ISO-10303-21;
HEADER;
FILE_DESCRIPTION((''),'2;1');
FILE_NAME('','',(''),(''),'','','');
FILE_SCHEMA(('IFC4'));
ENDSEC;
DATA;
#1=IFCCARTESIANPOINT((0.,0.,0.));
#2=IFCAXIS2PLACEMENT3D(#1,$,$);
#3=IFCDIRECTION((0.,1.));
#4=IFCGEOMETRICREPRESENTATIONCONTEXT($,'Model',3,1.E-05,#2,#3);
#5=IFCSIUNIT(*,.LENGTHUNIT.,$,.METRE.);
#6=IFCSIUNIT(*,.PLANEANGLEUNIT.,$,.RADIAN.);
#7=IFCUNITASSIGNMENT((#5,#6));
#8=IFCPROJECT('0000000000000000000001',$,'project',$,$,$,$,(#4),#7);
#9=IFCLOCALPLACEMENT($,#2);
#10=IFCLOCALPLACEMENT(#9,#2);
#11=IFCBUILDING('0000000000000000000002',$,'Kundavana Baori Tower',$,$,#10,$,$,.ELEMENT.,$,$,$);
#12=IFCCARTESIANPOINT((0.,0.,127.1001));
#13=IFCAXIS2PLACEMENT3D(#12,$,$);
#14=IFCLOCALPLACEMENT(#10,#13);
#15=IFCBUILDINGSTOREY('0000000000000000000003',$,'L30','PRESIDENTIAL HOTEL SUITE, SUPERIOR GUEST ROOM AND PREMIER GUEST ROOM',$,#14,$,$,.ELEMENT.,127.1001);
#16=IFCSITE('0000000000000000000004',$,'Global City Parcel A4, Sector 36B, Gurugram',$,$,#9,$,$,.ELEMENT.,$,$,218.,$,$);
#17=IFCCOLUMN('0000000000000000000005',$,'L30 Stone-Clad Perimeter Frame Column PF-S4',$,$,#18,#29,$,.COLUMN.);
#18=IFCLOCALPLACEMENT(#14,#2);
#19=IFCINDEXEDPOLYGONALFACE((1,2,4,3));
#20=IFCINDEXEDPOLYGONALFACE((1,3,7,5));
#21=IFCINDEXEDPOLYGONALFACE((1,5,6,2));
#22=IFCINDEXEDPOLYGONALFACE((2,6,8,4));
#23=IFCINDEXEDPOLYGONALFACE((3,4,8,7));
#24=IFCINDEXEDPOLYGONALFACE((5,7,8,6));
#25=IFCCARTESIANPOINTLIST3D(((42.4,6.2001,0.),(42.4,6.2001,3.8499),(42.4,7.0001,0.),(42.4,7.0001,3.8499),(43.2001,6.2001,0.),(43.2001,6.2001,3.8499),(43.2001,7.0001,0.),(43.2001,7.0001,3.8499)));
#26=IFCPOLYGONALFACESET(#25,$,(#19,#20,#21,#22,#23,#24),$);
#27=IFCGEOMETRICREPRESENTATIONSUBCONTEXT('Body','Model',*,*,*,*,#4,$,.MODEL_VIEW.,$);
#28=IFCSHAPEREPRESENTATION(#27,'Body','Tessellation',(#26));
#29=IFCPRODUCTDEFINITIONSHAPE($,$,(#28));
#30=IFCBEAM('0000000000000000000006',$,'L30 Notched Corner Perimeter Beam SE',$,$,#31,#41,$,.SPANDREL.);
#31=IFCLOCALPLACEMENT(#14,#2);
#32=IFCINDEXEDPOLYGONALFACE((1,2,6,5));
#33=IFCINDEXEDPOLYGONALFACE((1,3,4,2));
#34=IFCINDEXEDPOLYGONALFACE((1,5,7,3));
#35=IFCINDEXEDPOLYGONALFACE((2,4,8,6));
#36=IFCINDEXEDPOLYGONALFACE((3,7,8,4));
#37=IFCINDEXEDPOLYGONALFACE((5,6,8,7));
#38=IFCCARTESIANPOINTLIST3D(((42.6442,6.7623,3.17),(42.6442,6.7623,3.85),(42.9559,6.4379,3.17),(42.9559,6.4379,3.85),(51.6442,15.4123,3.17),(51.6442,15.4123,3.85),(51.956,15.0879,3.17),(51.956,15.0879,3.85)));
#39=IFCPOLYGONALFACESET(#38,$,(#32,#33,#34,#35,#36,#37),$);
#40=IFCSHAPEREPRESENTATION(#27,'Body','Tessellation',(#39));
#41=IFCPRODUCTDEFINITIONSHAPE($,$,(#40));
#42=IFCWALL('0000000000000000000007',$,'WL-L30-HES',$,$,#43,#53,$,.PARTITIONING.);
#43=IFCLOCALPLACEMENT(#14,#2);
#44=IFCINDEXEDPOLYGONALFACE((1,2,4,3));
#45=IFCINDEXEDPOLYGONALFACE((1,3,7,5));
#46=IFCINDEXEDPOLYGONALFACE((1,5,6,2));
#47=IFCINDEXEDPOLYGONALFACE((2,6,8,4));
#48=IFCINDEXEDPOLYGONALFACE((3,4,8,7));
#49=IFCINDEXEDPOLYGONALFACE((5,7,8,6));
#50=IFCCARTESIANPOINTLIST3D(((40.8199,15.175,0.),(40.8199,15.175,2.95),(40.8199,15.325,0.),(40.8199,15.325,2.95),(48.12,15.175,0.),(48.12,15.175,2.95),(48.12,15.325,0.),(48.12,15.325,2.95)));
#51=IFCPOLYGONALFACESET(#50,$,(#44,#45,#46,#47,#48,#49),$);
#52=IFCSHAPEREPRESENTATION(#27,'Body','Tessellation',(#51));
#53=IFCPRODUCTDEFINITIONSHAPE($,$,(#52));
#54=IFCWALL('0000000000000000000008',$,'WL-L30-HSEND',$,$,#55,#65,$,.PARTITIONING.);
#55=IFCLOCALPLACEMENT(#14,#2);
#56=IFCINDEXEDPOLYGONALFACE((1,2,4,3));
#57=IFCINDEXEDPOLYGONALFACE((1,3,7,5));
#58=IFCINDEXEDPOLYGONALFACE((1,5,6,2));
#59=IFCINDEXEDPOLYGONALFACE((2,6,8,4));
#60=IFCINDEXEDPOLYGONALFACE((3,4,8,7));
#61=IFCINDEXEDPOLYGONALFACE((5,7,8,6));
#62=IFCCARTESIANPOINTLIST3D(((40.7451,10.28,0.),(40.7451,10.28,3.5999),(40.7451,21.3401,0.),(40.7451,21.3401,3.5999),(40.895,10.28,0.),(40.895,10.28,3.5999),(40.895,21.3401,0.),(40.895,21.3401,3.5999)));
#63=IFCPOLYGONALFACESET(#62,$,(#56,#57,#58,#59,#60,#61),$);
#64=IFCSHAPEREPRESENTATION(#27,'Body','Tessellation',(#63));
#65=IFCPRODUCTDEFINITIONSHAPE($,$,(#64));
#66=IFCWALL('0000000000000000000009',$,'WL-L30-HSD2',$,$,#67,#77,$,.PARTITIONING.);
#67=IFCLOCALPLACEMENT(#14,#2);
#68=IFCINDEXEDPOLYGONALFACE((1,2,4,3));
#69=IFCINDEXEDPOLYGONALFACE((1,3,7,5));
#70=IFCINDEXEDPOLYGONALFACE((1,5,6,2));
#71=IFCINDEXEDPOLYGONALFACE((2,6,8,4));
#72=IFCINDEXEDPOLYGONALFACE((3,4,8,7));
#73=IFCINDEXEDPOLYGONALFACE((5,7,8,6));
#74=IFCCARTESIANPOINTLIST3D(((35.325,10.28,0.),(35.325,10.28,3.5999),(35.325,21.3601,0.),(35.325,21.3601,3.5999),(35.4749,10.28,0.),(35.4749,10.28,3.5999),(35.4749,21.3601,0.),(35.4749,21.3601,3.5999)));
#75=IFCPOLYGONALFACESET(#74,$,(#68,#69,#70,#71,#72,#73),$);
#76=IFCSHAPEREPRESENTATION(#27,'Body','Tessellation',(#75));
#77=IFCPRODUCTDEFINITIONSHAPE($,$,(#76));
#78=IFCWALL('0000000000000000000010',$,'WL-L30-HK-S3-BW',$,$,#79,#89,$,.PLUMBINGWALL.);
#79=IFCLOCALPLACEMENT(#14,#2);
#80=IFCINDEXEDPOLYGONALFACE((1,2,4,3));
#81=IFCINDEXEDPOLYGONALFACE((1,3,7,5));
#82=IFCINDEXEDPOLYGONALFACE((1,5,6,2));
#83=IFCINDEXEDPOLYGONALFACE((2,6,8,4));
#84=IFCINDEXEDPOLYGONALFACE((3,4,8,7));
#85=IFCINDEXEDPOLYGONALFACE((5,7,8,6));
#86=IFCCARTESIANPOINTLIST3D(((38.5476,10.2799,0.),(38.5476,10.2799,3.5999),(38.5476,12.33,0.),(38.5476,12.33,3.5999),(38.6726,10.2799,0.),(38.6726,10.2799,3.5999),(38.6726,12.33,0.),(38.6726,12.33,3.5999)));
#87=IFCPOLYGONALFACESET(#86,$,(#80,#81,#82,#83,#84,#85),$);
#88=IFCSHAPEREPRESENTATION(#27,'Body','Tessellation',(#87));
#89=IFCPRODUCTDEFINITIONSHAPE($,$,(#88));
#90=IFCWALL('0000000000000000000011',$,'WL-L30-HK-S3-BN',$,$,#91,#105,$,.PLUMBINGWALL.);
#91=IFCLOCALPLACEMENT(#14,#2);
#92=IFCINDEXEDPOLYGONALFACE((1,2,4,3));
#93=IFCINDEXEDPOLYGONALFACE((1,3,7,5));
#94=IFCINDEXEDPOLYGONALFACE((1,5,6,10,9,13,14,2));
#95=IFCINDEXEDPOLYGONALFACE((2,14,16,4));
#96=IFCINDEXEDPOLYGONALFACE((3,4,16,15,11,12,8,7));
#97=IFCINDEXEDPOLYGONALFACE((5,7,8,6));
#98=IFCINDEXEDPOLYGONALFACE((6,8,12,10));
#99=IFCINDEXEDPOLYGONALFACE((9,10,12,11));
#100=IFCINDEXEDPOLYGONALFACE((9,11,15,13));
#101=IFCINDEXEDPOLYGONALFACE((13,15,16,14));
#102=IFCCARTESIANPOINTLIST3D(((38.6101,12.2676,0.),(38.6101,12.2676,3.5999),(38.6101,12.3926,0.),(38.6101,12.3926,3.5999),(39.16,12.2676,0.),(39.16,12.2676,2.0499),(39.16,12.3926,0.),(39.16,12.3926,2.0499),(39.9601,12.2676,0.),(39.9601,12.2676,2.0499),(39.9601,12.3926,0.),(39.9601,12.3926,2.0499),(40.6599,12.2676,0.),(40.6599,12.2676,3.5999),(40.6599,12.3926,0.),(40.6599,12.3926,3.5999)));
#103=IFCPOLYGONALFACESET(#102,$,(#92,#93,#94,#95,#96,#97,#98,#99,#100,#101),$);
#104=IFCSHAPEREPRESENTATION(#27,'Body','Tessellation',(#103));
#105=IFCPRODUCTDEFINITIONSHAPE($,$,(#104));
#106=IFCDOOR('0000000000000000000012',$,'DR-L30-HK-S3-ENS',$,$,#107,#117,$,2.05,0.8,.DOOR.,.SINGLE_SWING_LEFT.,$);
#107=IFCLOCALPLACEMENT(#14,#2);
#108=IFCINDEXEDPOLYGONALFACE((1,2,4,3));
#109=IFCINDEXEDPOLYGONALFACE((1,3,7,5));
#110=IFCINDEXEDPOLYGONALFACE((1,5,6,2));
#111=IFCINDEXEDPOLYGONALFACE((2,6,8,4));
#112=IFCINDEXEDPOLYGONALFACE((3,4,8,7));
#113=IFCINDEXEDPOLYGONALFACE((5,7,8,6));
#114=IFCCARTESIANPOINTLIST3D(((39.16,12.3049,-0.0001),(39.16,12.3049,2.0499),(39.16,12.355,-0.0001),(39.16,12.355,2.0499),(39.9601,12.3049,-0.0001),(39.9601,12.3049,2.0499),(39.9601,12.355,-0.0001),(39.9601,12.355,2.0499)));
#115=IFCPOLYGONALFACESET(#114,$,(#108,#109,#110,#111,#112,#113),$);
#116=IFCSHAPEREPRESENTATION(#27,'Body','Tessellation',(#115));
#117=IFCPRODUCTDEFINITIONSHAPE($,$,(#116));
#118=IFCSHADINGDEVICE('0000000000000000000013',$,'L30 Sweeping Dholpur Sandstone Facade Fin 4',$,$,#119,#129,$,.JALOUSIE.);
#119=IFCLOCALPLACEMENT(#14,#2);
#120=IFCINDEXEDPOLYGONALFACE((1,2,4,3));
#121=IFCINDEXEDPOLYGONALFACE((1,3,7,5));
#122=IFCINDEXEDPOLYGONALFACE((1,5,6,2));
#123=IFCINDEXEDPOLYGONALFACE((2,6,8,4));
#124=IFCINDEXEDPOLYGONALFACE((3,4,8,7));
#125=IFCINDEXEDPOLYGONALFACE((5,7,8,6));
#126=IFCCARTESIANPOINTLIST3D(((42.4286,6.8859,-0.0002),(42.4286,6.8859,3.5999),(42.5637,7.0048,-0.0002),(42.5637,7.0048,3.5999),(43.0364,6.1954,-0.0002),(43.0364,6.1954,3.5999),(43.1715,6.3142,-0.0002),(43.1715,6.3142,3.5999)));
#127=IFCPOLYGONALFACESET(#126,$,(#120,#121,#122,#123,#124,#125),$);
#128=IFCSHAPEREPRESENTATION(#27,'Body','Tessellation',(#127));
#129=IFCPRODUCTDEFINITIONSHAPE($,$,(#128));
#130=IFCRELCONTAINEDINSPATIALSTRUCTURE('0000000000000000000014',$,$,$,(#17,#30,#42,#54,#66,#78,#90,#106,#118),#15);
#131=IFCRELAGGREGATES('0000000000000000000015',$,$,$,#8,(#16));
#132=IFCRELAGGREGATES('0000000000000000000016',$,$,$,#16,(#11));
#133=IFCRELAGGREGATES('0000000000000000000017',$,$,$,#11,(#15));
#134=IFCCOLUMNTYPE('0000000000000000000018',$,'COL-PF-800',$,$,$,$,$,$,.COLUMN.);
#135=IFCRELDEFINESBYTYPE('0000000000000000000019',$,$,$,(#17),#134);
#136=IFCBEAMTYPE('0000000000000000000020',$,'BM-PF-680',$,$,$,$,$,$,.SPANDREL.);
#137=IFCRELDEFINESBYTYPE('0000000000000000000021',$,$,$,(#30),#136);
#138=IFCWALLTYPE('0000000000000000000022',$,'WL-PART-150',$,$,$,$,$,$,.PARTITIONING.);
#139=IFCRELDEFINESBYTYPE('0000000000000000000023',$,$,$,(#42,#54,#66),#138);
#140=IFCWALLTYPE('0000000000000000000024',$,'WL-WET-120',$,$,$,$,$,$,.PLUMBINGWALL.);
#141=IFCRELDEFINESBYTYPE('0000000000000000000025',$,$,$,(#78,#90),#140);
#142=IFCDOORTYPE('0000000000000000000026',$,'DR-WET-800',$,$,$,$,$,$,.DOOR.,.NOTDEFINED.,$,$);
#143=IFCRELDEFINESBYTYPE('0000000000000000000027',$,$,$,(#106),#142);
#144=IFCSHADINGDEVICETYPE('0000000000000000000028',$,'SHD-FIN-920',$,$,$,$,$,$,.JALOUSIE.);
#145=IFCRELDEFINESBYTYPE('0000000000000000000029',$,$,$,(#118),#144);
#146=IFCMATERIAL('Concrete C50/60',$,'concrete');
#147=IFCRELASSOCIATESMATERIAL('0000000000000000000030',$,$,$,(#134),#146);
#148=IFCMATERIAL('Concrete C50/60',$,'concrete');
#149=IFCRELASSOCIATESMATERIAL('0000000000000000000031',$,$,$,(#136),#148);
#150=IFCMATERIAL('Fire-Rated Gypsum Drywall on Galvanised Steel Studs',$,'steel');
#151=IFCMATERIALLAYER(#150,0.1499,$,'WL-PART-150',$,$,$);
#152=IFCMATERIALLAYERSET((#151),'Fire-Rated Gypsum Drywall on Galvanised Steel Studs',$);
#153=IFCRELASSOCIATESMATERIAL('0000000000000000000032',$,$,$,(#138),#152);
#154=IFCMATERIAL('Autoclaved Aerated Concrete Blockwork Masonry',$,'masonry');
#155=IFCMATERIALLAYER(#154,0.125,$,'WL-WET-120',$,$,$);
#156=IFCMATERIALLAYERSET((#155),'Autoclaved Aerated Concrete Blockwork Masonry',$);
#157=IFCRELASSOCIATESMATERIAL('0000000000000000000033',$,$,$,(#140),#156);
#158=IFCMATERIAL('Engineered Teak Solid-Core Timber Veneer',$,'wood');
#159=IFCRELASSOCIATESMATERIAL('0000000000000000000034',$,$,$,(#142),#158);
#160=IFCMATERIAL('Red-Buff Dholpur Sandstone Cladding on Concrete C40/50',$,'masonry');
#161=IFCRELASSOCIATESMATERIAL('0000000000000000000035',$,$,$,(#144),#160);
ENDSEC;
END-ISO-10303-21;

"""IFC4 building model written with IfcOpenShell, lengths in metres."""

from ifc_helpers import new_model, si_unit, direction, frame, frame_2d, origin, origin_2d, place, context, subcontext, project, spatial, rectangle, extrude, material, layer, layer_set, material_profile, profile_set, type_object, element, fill, save


model = new_model("IFC4")

# Units and contexts
model_context = context("Model", 3, precision=1e-05, world=origin(), true_north=direction((0.0, 1.0)))
body_context = subcontext(model_context, "Body", "Model", "MODEL_VIEW")
ifc_project = project(units=[si_unit("LENGTHUNIT", "METRE"), si_unit("PLANEANGLEUNIT", "RADIAN")], contexts=[model_context])

# Site, building, storey
site_placement = place(None, origin())
site = spatial("IfcSite", under=ifc_project, at=site_placement, Name="Global City Parcel A4, Sector 36B, Gurugram", CompositionType="ELEMENT", RefElevation=218.0)
building_placement = place(site_placement, origin())
building = spatial("IfcBuilding", under=site, at=building_placement, Name="Kundavana Baori Tower", CompositionType="ELEMENT")
storey_placement = place(building_placement, frame((0.0, 0.0, 127.1001)))
storey = spatial("IfcBuildingStorey", under=building, at=storey_placement, Name="L30", Description="PRESIDENTIAL HOTEL SUITE, SUPERIOR GUEST ROOM AND PREMIER GUEST ROOM", CompositionType="ELEMENT", Elevation=127.1001)

# Column
ifc_material_1 = material(Name="Concrete C50/60", Category="concrete")
ifc_material_profile_1 = material_profile(ifc_material_1, rectangle(XDim=0.8, YDim=0.8, at=origin_2d()), Name="RC PF 800x800")
ifc_profile_set_1 = profile_set([ifc_material_profile_1], Name="Concrete C50/60")
column_type = type_object("IfcColumnType", Name="COL-PF-800", PredefinedType="COLUMN", material=ifc_profile_set_1)
column_placement = place(storey_placement, frame((42.8, 6.6001, 0.0), z_axis=(0.0, 0.0, 1.0), x_axis=(1.0, 0.0, 0.0)))
element("IfcColumn", 1, at=column_placement, inside=storey, type_object=column_type, Name="L30 Stone-Clad Perimeter Frame Column PF-S4", PredefinedType="COLUMN", context=body_context, shape_type="SweptSolid", body=[
    extrude(rectangle(XDim=0.8, YDim=0.8, at=origin_2d()), origin(), (0.0, 0.0, 1.0), 3.8499),
])

# Beam
ifc_material_2 = material(Name="Concrete C50/60", Category="concrete")
ifc_material_profile_2 = material_profile(ifc_material_2, rectangle(XDim=0.45, YDim=0.6799, at=origin_2d()), Name="RC BM 450x680")
ifc_profile_set_2 = profile_set([ifc_material_profile_2], Name="Concrete C50/60")
beam_type = type_object("IfcBeamType", Name="BM-PF-680", PredefinedType="SPANDREL", material=ifc_profile_set_2)
beam_placement = place(storey_placement, frame((42.8, 6.6001, 3.51), z_axis=(0.720991, 0.692945, 0.0), x_axis=(-0.692945, 0.720991, 0.0)))
element("IfcBeam", 2, at=beam_placement, inside=storey, type_object=beam_type, Name="L30 Notched Corner Perimeter Beam SE", PredefinedType="SPANDREL", context=body_context, shape_type="SweptSolid", body=[
    extrude(rectangle(XDim=0.45, YDim=0.6799, at=origin_2d()), origin(), (0.0, 0.0, 1.0), 12.4829),
])

# Walls
ifc_material_3 = material(Name="Fire-Rated Gypsum Drywall on Galvanised Steel Studs", Category="steel")
ifc_layer_1 = layer(ifc_material_3, 0.1499, Name="WL-PART-150")
ifc_layer_set_1 = layer_set([ifc_layer_1], Name="Fire-Rated Gypsum Drywall on Galvanised Steel Studs")
wall_type_1 = type_object("IfcWallType", Name="WL-PART-150", PredefinedType="PARTITIONING", material=ifc_layer_set_1)
wall_1_placement = place(storey_placement, frame((40.8201, 15.25, 0.0), z_axis=(0.0, 0.0, 1.0), x_axis=(1.0, 0.0, 0.0)))
element("IfcWall", 3, at=wall_1_placement, inside=storey, type_object=wall_type_1, Name="WL-L30-HES", PredefinedType="PARTITIONING", context=body_context, shape_type="SweptSolid", body=[
    extrude(rectangle(XDim=7.3, YDim=0.1499, at=frame_2d((3.6499, 0.0))), origin(), (0.0, 0.0, 1.0), 2.95),
])
wall_2_placement = place(storey_placement, frame((40.8201, 10.28, 0.0), z_axis=(0.0, 0.0, 1.0), x_axis=(0.0, 1.0, 0.0)))
element("IfcWall", 4, at=wall_2_placement, inside=storey, type_object=wall_type_1, Name="WL-L30-HSEND", PredefinedType="PARTITIONING", context=body_context, shape_type="SweptSolid", body=[
    extrude(rectangle(XDim=11.0601, YDim=0.1499, at=frame_2d((5.53, 0.0))), origin(), (0.0, 0.0, 1.0), 3.5999),
])
wall_3_placement = place(storey_placement, frame((35.3999, 10.28, 0.0), z_axis=(0.0, 0.0, 1.0), x_axis=(0.0, 1.0, 0.0)))
element("IfcWall", 5, at=wall_3_placement, inside=storey, type_object=wall_type_1, Name="WL-L30-HSD2", PredefinedType="PARTITIONING", context=body_context, shape_type="SweptSolid", body=[
    extrude(rectangle(XDim=11.0801, YDim=0.1499, at=frame_2d((5.54, 0.0))), origin(), (0.0, 0.0, 1.0), 3.5999),
])
ifc_material_4 = material(Name="Autoclaved Aerated Concrete Blockwork Masonry", Category="masonry")
ifc_layer_2 = layer(ifc_material_4, 0.125, Name="WL-WET-120")
ifc_layer_set_2 = layer_set([ifc_layer_2], Name="Autoclaved Aerated Concrete Blockwork Masonry")
wall_type_2 = type_object("IfcWallType", Name="WL-WET-120", PredefinedType="PLUMBINGWALL", material=ifc_layer_set_2)
wall_4_placement = place(storey_placement, frame((38.6101, 10.28, 0.0), z_axis=(0.0, 0.0, 1.0), x_axis=(0.0, 1.0, 0.0)))
element("IfcWall", 6, at=wall_4_placement, inside=storey, type_object=wall_type_2, Name="WL-L30-HK-S3-BW", PredefinedType="PLUMBINGWALL", context=body_context, shape_type="SweptSolid", body=[
    extrude(rectangle(XDim=2.05, YDim=0.125, at=frame_2d((1.0249, 0.0))), origin(), (0.0, 0.0, 1.0), 3.5999),
])

# Wall, opening, door
wall_5_placement = place(storey_placement, frame((38.6101, 12.3301, 0.0), z_axis=(0.0, 0.0, 1.0), x_axis=(1.0, 0.0, 0.0)))
wall_5 = element("IfcWall", 7, at=wall_5_placement, inside=storey, type_object=wall_type_2, Name="WL-L30-HK-S3-BN", PredefinedType="PLUMBINGWALL", context=body_context, shape_type="SweptSolid", body=[
    extrude(rectangle(XDim=2.0498, YDim=0.125, at=frame_2d((1.0249, 0.0))), origin(), (0.0, 0.0, 1.0), 3.5999),
])
opening_placement = place(wall_5_placement, frame((0.55, 0.0, 0.0)))
opening = element("IfcOpeningElement", 8, at=opening_placement, cuts=wall_5, PredefinedType="OPENING", context=body_context, shape_type="SweptSolid", body=[
    extrude(rectangle(XDim=0.8, YDim=2.05, at=frame_2d((0.3999, 1.0249))), frame((0.0, 0.0725, 0.0), z_axis=(0.0, -1.0, 0.0), x_axis=(1.0, 0.0, 0.0)), (0.0, 0.0, 1.0), 0.145),
])
ifc_material_5 = material(Name="Engineered Teak Solid-Core Timber Veneer", Category="wood")
door_type = type_object("IfcDoorType", Name="DR-WET-800", OperationType="NOTDEFINED", PredefinedType="DOOR", material=ifc_material_5)
door_placement = place(opening_placement, origin())
door = element("IfcDoor", 9, at=door_placement, inside=storey, type_object=door_type, Name="DR-L30-HK-S3-ENS", OperationType="SINGLE_SWING_LEFT", OverallHeight=2.05, OverallWidth=0.8, PredefinedType="DOOR", context=body_context, shape_type="SweptSolid", body=[
    extrude(rectangle(XDim=0.8, YDim=2.05, at=frame_2d((0.3999, 1.0249))), frame((0.0, 0.0249, 0.0), z_axis=(0.0, -1.0, 0.0), x_axis=(1.0, 0.0, 0.0)), (0.0, 0.0, 1.0), 0.05),
])
fill(opening, door)

# Shading device
ifc_material_6 = material(Name="Red-Buff Dholpur Sandstone Cladding on Concrete C40/50", Category="masonry")
shading_device_type = type_object("IfcShadingDeviceType", Name="SHD-FIN-920", PredefinedType="JALOUSIE", material=ifc_material_6)
shading_device_placement = place(storey_placement, frame((42.8, 6.6001, -0.0002), z_axis=(0.0, 0.0, 1.0), x_axis=(0.750688, 0.660657, 0.0)))
element("IfcShadingDevice", 10, at=shading_device_placement, inside=storey, type_object=shading_device_type, Name="L30 Sweeping Dholpur Sandstone Facade Fin 4", PredefinedType="JALOUSIE", context=body_context, shape_type="SweptSolid", body=[
    extrude(rectangle(XDim=0.1799, YDim=0.9199, at=origin_2d()), origin(), (0.0, 0.0, 1.0), 3.6001),
])

save(model, "model.ifc")
